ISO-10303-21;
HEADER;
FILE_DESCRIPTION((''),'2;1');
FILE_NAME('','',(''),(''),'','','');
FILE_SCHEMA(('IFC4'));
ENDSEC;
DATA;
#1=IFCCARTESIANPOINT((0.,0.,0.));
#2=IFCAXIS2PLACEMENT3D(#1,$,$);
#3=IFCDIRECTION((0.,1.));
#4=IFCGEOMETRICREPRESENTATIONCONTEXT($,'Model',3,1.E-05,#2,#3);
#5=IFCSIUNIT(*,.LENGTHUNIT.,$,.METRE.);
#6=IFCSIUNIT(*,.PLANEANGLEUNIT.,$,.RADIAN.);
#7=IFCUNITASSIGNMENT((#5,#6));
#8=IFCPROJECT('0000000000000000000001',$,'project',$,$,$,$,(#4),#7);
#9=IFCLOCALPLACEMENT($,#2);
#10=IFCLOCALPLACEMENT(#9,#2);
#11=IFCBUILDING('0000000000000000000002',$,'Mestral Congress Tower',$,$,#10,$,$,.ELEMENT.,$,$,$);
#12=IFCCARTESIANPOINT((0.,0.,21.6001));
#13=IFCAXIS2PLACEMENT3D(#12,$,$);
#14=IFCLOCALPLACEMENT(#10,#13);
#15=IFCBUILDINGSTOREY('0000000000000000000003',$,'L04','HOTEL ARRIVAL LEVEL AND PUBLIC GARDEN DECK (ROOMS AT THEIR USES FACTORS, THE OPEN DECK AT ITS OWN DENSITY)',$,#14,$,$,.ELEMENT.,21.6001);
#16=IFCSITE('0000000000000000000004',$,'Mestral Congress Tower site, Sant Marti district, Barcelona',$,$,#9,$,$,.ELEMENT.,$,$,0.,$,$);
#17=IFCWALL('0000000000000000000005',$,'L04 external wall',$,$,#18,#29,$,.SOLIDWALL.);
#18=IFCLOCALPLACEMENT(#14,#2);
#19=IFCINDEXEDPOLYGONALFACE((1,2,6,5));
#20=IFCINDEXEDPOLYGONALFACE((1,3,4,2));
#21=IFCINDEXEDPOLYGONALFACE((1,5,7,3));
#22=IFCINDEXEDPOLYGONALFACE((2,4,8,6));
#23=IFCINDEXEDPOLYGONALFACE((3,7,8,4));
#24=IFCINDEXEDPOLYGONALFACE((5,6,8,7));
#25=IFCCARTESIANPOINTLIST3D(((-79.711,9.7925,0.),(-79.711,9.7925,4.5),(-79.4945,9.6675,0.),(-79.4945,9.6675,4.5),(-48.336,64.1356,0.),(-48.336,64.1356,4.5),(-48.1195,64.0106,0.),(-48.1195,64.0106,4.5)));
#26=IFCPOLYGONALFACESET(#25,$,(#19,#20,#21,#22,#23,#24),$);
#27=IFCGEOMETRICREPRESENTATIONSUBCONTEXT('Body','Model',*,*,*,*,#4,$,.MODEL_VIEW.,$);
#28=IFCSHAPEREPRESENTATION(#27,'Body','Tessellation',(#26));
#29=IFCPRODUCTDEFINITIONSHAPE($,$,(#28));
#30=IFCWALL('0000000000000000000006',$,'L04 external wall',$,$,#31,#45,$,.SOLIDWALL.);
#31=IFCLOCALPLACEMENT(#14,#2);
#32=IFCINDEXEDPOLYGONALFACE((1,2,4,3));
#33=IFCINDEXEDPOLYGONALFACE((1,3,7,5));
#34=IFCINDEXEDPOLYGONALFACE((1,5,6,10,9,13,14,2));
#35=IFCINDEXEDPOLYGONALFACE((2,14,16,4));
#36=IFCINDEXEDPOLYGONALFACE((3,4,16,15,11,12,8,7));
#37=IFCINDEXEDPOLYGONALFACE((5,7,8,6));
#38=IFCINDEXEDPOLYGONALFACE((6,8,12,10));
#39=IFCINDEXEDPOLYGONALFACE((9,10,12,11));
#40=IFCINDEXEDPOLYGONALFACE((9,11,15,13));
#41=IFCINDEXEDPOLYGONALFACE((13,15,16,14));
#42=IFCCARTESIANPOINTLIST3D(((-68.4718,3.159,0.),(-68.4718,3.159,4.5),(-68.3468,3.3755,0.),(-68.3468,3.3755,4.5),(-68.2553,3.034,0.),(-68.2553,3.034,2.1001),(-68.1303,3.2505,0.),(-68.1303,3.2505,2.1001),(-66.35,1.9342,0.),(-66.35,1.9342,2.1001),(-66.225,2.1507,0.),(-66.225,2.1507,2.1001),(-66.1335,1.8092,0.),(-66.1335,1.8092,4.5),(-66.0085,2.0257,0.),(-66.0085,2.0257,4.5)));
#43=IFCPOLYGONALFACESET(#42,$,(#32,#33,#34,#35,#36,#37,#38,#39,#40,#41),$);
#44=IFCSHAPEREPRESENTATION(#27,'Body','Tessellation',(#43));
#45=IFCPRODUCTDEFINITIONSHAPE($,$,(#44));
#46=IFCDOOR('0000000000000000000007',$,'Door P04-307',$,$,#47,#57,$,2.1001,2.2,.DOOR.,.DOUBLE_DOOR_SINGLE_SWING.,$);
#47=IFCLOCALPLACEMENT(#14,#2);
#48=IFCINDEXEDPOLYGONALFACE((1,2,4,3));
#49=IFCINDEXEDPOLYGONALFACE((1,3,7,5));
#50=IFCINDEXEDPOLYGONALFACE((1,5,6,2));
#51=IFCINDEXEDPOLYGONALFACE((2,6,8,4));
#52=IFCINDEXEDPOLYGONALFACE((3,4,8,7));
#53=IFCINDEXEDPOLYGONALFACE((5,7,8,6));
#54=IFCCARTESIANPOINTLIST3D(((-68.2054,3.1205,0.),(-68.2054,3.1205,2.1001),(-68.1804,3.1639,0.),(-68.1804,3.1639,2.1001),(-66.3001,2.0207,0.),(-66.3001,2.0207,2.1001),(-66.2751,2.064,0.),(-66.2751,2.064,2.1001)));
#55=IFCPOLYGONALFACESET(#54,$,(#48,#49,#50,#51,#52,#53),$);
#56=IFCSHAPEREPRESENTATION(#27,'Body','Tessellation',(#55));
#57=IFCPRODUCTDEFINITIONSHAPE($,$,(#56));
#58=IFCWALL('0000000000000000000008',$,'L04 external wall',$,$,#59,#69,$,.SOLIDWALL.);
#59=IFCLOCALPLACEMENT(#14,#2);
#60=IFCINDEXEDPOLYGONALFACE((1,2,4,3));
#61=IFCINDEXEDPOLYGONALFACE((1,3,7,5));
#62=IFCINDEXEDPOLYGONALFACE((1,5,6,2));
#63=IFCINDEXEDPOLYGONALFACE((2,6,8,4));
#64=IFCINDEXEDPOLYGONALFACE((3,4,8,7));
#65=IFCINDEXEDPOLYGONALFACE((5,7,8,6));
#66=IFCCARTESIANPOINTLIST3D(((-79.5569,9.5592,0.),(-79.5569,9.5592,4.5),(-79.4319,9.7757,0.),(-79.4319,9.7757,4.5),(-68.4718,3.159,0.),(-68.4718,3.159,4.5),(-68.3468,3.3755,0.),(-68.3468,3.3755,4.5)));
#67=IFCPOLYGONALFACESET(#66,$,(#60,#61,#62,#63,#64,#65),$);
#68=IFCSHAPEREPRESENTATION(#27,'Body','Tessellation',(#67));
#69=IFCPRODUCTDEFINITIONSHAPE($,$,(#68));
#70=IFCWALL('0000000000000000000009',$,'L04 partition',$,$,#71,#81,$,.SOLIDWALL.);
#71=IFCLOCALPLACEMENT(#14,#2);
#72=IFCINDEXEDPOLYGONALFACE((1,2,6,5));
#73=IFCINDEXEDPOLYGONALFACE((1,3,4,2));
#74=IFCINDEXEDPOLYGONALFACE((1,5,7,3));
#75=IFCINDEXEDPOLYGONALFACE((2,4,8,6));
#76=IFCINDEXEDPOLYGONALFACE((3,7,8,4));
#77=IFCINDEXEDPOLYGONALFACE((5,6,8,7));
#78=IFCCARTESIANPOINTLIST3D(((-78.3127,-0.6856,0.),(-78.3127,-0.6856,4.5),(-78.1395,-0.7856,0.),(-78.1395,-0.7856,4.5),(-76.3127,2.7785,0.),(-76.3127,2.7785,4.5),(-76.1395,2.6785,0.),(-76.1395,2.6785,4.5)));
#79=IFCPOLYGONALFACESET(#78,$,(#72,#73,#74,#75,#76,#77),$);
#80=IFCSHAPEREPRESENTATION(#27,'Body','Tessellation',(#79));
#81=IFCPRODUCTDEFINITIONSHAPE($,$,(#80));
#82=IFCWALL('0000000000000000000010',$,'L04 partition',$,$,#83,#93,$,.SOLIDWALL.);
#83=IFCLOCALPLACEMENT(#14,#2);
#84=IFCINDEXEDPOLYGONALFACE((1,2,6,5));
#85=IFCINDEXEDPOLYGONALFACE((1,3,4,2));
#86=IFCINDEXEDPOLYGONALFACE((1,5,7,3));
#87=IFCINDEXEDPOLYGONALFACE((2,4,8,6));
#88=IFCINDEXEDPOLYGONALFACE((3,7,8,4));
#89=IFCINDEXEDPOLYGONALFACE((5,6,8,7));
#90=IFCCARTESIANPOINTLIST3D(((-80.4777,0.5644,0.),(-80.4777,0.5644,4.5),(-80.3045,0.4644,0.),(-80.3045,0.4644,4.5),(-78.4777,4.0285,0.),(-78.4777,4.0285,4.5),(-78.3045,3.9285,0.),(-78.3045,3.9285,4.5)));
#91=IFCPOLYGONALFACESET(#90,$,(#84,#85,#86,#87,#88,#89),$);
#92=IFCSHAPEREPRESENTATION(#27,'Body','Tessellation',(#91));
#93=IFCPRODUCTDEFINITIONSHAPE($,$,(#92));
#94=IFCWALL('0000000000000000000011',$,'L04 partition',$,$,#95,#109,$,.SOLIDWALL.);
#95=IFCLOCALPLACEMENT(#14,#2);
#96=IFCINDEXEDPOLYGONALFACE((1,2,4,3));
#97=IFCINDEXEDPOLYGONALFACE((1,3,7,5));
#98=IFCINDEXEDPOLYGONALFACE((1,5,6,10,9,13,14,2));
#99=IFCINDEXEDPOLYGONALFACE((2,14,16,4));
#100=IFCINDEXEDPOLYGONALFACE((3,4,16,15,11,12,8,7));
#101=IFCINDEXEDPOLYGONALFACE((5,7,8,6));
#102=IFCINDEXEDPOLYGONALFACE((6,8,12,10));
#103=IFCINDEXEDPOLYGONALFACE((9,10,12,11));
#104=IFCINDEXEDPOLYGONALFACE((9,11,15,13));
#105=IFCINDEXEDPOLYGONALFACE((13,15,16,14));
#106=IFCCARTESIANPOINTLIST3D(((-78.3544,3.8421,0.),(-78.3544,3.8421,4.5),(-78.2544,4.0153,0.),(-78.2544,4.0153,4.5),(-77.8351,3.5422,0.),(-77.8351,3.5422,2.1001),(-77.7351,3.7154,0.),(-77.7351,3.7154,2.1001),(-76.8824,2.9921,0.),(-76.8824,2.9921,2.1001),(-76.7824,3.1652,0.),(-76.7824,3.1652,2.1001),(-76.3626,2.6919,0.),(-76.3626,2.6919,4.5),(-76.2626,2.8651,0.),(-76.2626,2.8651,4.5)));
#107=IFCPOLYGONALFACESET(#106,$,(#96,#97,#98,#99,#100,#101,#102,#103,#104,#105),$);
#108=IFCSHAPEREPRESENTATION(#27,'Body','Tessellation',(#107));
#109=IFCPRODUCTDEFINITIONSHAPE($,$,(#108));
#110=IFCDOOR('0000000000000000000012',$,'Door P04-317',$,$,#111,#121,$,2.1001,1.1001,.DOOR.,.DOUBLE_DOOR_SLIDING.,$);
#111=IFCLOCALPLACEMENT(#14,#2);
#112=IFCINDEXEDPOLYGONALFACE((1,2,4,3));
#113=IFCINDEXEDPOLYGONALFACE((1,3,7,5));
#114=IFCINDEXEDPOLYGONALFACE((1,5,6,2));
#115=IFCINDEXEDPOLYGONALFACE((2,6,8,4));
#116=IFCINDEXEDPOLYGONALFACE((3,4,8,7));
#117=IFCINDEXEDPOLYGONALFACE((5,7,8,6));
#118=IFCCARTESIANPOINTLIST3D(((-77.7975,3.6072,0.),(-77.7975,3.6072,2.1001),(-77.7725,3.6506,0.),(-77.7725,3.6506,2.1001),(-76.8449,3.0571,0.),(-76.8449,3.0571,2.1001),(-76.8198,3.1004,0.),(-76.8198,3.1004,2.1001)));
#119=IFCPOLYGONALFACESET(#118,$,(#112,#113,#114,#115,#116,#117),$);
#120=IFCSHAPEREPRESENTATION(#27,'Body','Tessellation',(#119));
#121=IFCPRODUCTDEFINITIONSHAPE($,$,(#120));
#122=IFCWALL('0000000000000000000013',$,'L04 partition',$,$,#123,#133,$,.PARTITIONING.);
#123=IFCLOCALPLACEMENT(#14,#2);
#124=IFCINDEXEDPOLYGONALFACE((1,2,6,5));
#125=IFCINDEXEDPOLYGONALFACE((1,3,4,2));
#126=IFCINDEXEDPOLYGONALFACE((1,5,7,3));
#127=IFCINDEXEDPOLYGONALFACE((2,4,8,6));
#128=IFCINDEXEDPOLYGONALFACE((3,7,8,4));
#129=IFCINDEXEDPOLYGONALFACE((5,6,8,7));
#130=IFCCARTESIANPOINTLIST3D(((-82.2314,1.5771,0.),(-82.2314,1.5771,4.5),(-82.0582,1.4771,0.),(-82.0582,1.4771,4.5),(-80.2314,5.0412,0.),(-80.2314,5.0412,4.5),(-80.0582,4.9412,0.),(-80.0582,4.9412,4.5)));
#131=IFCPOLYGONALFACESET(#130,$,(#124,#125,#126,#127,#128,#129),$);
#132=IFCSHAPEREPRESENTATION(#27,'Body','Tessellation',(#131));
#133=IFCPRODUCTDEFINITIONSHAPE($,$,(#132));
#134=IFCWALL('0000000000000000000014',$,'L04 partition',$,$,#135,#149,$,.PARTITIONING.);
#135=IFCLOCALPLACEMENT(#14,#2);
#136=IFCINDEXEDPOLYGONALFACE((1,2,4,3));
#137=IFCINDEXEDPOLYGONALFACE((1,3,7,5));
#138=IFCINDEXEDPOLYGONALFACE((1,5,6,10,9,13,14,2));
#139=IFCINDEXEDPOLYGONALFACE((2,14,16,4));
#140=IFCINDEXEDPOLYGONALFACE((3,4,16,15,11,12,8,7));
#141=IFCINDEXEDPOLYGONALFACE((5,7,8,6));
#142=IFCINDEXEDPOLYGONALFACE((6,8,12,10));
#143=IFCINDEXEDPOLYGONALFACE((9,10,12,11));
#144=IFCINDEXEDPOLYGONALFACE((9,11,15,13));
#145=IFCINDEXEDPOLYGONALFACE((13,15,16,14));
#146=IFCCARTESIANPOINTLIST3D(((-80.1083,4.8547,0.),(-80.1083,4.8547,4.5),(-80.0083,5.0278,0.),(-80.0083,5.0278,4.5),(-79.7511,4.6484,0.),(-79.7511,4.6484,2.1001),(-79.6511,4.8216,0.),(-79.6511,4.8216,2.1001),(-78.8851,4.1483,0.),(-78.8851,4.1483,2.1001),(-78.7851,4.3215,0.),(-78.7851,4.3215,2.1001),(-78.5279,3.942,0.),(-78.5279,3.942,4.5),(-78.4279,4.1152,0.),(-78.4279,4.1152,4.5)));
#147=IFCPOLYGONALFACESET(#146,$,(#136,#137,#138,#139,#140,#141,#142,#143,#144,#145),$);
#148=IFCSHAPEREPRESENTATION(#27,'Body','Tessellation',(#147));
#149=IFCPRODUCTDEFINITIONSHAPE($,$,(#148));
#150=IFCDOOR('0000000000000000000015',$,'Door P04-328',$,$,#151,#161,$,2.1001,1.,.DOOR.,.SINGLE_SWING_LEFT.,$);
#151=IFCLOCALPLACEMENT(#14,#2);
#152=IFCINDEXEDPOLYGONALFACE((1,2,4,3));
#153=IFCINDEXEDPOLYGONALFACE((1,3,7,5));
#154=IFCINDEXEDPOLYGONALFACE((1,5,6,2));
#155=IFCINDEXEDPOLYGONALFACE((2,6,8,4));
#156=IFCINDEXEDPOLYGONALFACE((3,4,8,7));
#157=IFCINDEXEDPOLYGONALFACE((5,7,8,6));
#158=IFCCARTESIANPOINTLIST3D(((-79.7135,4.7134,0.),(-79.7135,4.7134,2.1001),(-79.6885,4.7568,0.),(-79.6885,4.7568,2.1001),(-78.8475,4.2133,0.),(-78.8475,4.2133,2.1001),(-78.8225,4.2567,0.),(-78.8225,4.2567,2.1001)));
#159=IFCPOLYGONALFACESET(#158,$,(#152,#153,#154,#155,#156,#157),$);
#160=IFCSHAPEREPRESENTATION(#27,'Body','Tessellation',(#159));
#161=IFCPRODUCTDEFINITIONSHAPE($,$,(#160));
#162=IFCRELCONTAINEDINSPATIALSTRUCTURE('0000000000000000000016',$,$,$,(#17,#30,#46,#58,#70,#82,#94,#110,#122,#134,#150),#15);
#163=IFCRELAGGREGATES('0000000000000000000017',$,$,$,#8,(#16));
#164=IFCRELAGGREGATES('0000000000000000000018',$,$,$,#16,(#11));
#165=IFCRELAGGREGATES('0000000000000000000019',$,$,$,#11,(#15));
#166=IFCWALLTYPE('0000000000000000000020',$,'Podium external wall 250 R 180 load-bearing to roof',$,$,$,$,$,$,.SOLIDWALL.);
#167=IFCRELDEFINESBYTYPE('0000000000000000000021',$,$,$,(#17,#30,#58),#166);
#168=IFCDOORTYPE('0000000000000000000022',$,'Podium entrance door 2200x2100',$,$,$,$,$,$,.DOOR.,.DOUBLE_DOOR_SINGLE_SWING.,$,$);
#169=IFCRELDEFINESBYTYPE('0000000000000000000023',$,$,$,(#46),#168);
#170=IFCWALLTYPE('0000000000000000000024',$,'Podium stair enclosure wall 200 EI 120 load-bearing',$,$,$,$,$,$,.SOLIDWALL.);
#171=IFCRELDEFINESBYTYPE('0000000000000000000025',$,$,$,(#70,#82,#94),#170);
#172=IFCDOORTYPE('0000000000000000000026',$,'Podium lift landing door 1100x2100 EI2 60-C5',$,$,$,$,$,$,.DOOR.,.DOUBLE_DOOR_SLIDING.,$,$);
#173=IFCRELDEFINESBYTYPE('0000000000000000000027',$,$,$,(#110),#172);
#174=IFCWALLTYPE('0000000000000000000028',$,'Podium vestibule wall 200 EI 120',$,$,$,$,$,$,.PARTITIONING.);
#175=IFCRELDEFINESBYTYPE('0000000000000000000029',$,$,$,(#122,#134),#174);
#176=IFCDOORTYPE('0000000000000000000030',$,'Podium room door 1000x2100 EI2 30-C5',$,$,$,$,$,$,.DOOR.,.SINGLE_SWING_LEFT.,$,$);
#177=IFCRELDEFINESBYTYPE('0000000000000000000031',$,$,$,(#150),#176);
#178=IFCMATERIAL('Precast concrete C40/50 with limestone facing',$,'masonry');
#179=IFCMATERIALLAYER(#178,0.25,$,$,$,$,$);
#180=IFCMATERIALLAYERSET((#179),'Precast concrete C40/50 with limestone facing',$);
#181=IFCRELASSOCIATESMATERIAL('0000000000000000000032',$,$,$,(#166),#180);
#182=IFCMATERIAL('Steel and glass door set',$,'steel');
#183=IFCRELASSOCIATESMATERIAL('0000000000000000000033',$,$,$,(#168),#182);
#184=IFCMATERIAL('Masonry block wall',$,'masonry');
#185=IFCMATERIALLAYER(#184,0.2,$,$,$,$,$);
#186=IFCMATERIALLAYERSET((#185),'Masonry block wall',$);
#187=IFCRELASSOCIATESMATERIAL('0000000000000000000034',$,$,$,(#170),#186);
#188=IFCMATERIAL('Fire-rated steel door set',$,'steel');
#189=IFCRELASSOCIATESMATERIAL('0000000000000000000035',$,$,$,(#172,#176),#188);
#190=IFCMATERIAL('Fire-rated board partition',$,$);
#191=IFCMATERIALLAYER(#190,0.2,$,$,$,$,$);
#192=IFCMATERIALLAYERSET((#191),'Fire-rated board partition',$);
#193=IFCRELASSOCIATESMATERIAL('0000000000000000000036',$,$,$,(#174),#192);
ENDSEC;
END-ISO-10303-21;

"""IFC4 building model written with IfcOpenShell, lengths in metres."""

from ifc_helpers import new_model, si_unit, direction, frame, frame_2d, origin, place, context, subcontext, project, spatial, rectangle, extrude, material, layer, layer_set, type_object, element, fill, save


model = new_model("IFC4")

# Units and contexts
model_context = context("Model", 3, precision=1e-05, world=origin(), true_north=direction((0.0, 1.0)))
body_context = subcontext(model_context, "Body", "Model", "MODEL_VIEW")
ifc_project = project(units=[si_unit("LENGTHUNIT", "METRE"), si_unit("PLANEANGLEUNIT", "RADIAN")], contexts=[model_context])

# Site, building, storey
site_placement = place(None, origin())
site = spatial("IfcSite", under=ifc_project, at=site_placement, Name="Mestral Congress Tower site, Sant Marti district, Barcelona", CompositionType="ELEMENT", RefElevation=0.0)
building_placement = place(site_placement, origin())
building = spatial("IfcBuilding", under=site, at=building_placement, Name="Mestral Congress Tower", CompositionType="ELEMENT")
storey_placement = place(building_placement, frame((0.0, 0.0, 21.6001)))
storey = spatial("IfcBuildingStorey", under=building, at=storey_placement, Name="L04", Description="HOTEL ARRIVAL LEVEL AND PUBLIC GARDEN DECK (ROOMS AT THEIR USES FACTORS, THE OPEN DECK AT ITS OWN DENSITY)", CompositionType="ELEMENT", Elevation=21.6001)

# Wall
ifc_material_1 = material(Name="Precast concrete C40/50 with limestone facing", Category="masonry")
ifc_layer_1 = layer(ifc_material_1, 0.25)
ifc_layer_set_1 = layer_set([ifc_layer_1], Name="Precast concrete C40/50 with limestone facing")
wall_type_1 = type_object("IfcWallType", Name="Podium external wall 250 R 180 load-bearing to roof", PredefinedType="SOLIDWALL", material=ifc_layer_set_1)
wall_1_placement = place(storey_placement, frame((-79.6028, 9.73, 0.0), z_axis=(0.0, 0.0, 1.0), x_axis=(0.500001, 0.866025, 0.0)))
element("IfcWall", 1, at=wall_1_placement, inside=storey, type_object=wall_type_1, Name="L04 external wall", PredefinedType="SOLIDWALL", context=body_context, shape_type="SweptSolid", body=[
    extrude(rectangle(XDim=62.75, YDim=0.25, at=frame_2d((31.375, 0.0))), origin(), (0.0, 0.0, 1.0), 4.5),
])

# Wall, opening, door
wall_2_placement = place(storey_placement, frame((-68.4094, 3.2673, 0.0), z_axis=(0.0, 0.0, 1.0), x_axis=(0.866059, -0.499942, 0.0)))
wall_2 = element("IfcWall", 2, at=wall_2_placement, inside=storey, type_object=wall_type_1, Name="L04 external wall", PredefinedType="SOLIDWALL", context=body_context, shape_type="SweptSolid", body=[
    extrude(rectangle(XDim=2.7, YDim=0.25, at=frame_2d((1.3501, 0.0))), origin(), (0.0, 0.0, 1.0), 4.5),
])
opening_1_placement = place(wall_2_placement, frame((0.25, 0.0, 0.0)))
opening_1 = element("IfcOpeningElement", 3, at=opening_1_placement, cuts=wall_2, PredefinedType="OPENING", context=body_context, shape_type="SweptSolid", body=[
    extrude(rectangle(XDim=2.2, YDim=2.1001, at=frame_2d((1.1001, 1.05))), frame((0.0, 0.135, 0.0), z_axis=(0.0, -1.0, 0.0), x_axis=(1.0, 0.0, 0.0)), (0.0, 0.0, 1.0), 0.27),
])
ifc_material_2 = material(Name="Steel and glass door set", Category="steel")
door_type_1 = type_object("IfcDoorType", Name="Podium entrance door 2200x2100", OperationType="DOUBLE_DOOR_SINGLE_SWING", PredefinedType="DOOR", material=ifc_material_2)
door_1_placement = place(opening_1_placement, origin())
door_1 = element("IfcDoor", 4, at=door_1_placement, inside=storey, type_object=door_type_1, Name="Door P04-307", OperationType="DOUBLE_DOOR_SINGLE_SWING", OverallHeight=2.1001, OverallWidth=2.2, PredefinedType="DOOR", context=body_context, shape_type="SweptSolid", body=[
    extrude(rectangle(XDim=2.2, YDim=2.1001, at=frame_2d((1.1001, 1.05))), frame((0.0, 0.0249, 0.0), z_axis=(0.0, -1.0, 0.0), x_axis=(1.0, 0.0, 0.0)), (0.0, 0.0, 1.0), 0.05),
])
fill(opening_1, door_1)

# Walls
wall_3_placement = place(storey_placement, frame((-68.4094, 3.2673, 0.0), z_axis=(0.0, 0.0, 1.0), x_axis=(-0.866017, 0.500014, 0.0)))
element("IfcWall", 5, at=wall_3_placement, inside=storey, type_object=wall_type_1, Name="L04 external wall", PredefinedType="SOLIDWALL", context=body_context, shape_type="SweptSolid", body=[
    extrude(rectangle(XDim=12.8, YDim=0.25, at=frame_2d((6.3999, 0.0))), origin(), (0.0, 0.0, 1.0), 4.5),
])
ifc_material_3 = material(Name="Masonry block wall", Category="masonry")
ifc_layer_2 = layer(ifc_material_3, 0.2)
ifc_layer_set_2 = layer_set([ifc_layer_2], Name="Masonry block wall")
wall_type_2 = type_object("IfcWallType", Name="Podium stair enclosure wall 200 EI 120 load-bearing", PredefinedType="SOLIDWALL", material=ifc_layer_set_2)
for number, where, z_axis, x_axis, name in (
    (6, (-76.2261, 2.7285, 0.0), (0.0, 0.0, 1.0), (-0.499999, -0.866026, 0.0), "L04 partition"),
    (7, (-78.3911, 3.9785, 0.0), (0.0, 0.0, 1.0), (-0.499999, -0.866026, 0.0), "L04 partition"),
):
    element("IfcWall", number, at=place(storey_placement, frame(where, z_axis=z_axis, x_axis=x_axis)), inside=storey, type_object=wall_type_2, Name=name, PredefinedType="SOLIDWALL", context=body_context, shape_type="SweptSolid", body=[
        extrude(rectangle(XDim=4.0, YDim=0.2, at=frame_2d((2.0, 0.0))), origin(), (0.0, 0.0, 1.0), 4.5),
    ])

# Wall, opening, door
wall_4_placement = place(storey_placement, frame((-76.3127, 2.7786, 0.0), z_axis=(0.0, 0.0, 1.0), x_axis=(-0.865981, 0.500078, 0.0)))
wall_4 = element("IfcWall", 8, at=wall_4_placement, inside=storey, type_object=wall_type_2, Name="L04 partition", PredefinedType="SOLIDWALL", context=body_context, shape_type="SweptSolid", body=[
    extrude(rectangle(XDim=2.3, YDim=0.2, at=frame_2d((1.1499, 0.0))), origin(), (0.0, 0.0, 1.0), 4.5),
])
opening_2_placement = place(wall_4_placement, frame((0.6001, 0.0, 0.0)))
opening_2 = element("IfcOpeningElement", 9, at=opening_2_placement, cuts=wall_4, PredefinedType="OPENING", context=body_context, shape_type="SweptSolid", body=[
    extrude(rectangle(XDim=1.1001, YDim=2.1001, at=frame_2d((0.55, 1.05))), frame((0.0, 0.1099, 0.0), z_axis=(0.0, -1.0, 0.0), x_axis=(1.0, 0.0, 0.0)), (0.0, 0.0, 1.0), 0.22),
])
ifc_material_4 = material(Name="Fire-rated steel door set", Category="steel")
door_type_2 = type_object("IfcDoorType", Name="Podium lift landing door 1100x2100 EI2 60-C5", OperationType="DOUBLE_DOOR_SLIDING", PredefinedType="DOOR", material=ifc_material_4)
door_2_placement = place(opening_2_placement, origin())
door_2 = element("IfcDoor", 10, at=door_2_placement, inside=storey, type_object=door_type_2, Name="Door P04-317", OperationType="DOUBLE_DOOR_SLIDING", OverallHeight=2.1001, OverallWidth=1.1001, PredefinedType="DOOR", context=body_context, shape_type="SweptSolid", body=[
    extrude(rectangle(XDim=1.1001, YDim=2.1001, at=frame_2d((0.55, 1.05))), frame((0.0, 0.0249, 0.0), z_axis=(0.0, -1.0, 0.0), x_axis=(1.0, 0.0, 0.0)), (0.0, 0.0, 1.0), 0.05),
])
fill(opening_2, door_2)

# Wall
ifc_material_5 = material(Name="Fire-rated board partition")
ifc_layer_3 = layer(ifc_material_5, 0.2)
ifc_layer_set_3 = layer_set([ifc_layer_3], Name="Fire-rated board partition")
wall_type_3 = type_object("IfcWallType", Name="Podium vestibule wall 200 EI 120", PredefinedType="PARTITIONING", material=ifc_layer_set_3)
wall_5_placement = place(storey_placement, frame((-80.1448, 4.9912, 0.0), z_axis=(0.0, 0.0, 1.0), x_axis=(-0.499999, -0.866026, 0.0)))
element("IfcWall", 11, at=wall_5_placement, inside=storey, type_object=wall_type_3, Name="L04 partition", PredefinedType="PARTITIONING", context=body_context, shape_type="SweptSolid", body=[
    extrude(rectangle(XDim=4.0, YDim=0.2, at=frame_2d((2.0, 0.0))), origin(), (0.0, 0.0, 1.0), 4.5),
])

# Wall, opening, door
wall_6_placement = place(storey_placement, frame((-78.4778, 4.0286, 0.0), z_axis=(0.0, 0.0, 1.0), x_axis=(-0.865978, 0.500081, 0.0)))
wall_6 = element("IfcWall", 12, at=wall_6_placement, inside=storey, type_object=wall_type_3, Name="L04 partition", PredefinedType="PARTITIONING", context=body_context, shape_type="SweptSolid", body=[
    extrude(rectangle(XDim=1.825, YDim=0.2, at=frame_2d((0.9126, 0.0))), origin(), (0.0, 0.0, 1.0), 4.5),
])
opening_3_placement = place(wall_6_placement, frame((0.4126, 0.0, 0.0)))
opening_3 = element("IfcOpeningElement", 13, at=opening_3_placement, cuts=wall_6, PredefinedType="OPENING", context=body_context, shape_type="SweptSolid", body=[
    extrude(rectangle(XDim=1.0, YDim=2.1001, at=frame_2d((0.5, 1.05))), frame((0.0, 0.1099, 0.0), z_axis=(0.0, -1.0, 0.0), x_axis=(1.0, 0.0, 0.0)), (0.0, 0.0, 1.0), 0.22),
])
door_type_3 = type_object("IfcDoorType", Name="Podium room door 1000x2100 EI2 30-C5", OperationType="SINGLE_SWING_LEFT", PredefinedType="DOOR", material=ifc_material_4)
door_3_placement = place(opening_3_placement, origin())
door_3 = element("IfcDoor", 14, at=door_3_placement, inside=storey, type_object=door_type_3, Name="Door P04-328", OperationType="SINGLE_SWING_LEFT", OverallHeight=2.1001, OverallWidth=1.0, PredefinedType="DOOR", context=body_context, shape_type="SweptSolid", body=[
    extrude(rectangle(XDim=1.0, YDim=2.1001, at=frame_2d((0.5, 1.05))), frame((0.0, 0.0249, 0.0), z_axis=(0.0, -1.0, 0.0), x_axis=(1.0, 0.0, 0.0)), (0.0, 0.0, 1.0), 0.05),
])
fill(opening_3, door_3)

save(model, "model.ifc")
